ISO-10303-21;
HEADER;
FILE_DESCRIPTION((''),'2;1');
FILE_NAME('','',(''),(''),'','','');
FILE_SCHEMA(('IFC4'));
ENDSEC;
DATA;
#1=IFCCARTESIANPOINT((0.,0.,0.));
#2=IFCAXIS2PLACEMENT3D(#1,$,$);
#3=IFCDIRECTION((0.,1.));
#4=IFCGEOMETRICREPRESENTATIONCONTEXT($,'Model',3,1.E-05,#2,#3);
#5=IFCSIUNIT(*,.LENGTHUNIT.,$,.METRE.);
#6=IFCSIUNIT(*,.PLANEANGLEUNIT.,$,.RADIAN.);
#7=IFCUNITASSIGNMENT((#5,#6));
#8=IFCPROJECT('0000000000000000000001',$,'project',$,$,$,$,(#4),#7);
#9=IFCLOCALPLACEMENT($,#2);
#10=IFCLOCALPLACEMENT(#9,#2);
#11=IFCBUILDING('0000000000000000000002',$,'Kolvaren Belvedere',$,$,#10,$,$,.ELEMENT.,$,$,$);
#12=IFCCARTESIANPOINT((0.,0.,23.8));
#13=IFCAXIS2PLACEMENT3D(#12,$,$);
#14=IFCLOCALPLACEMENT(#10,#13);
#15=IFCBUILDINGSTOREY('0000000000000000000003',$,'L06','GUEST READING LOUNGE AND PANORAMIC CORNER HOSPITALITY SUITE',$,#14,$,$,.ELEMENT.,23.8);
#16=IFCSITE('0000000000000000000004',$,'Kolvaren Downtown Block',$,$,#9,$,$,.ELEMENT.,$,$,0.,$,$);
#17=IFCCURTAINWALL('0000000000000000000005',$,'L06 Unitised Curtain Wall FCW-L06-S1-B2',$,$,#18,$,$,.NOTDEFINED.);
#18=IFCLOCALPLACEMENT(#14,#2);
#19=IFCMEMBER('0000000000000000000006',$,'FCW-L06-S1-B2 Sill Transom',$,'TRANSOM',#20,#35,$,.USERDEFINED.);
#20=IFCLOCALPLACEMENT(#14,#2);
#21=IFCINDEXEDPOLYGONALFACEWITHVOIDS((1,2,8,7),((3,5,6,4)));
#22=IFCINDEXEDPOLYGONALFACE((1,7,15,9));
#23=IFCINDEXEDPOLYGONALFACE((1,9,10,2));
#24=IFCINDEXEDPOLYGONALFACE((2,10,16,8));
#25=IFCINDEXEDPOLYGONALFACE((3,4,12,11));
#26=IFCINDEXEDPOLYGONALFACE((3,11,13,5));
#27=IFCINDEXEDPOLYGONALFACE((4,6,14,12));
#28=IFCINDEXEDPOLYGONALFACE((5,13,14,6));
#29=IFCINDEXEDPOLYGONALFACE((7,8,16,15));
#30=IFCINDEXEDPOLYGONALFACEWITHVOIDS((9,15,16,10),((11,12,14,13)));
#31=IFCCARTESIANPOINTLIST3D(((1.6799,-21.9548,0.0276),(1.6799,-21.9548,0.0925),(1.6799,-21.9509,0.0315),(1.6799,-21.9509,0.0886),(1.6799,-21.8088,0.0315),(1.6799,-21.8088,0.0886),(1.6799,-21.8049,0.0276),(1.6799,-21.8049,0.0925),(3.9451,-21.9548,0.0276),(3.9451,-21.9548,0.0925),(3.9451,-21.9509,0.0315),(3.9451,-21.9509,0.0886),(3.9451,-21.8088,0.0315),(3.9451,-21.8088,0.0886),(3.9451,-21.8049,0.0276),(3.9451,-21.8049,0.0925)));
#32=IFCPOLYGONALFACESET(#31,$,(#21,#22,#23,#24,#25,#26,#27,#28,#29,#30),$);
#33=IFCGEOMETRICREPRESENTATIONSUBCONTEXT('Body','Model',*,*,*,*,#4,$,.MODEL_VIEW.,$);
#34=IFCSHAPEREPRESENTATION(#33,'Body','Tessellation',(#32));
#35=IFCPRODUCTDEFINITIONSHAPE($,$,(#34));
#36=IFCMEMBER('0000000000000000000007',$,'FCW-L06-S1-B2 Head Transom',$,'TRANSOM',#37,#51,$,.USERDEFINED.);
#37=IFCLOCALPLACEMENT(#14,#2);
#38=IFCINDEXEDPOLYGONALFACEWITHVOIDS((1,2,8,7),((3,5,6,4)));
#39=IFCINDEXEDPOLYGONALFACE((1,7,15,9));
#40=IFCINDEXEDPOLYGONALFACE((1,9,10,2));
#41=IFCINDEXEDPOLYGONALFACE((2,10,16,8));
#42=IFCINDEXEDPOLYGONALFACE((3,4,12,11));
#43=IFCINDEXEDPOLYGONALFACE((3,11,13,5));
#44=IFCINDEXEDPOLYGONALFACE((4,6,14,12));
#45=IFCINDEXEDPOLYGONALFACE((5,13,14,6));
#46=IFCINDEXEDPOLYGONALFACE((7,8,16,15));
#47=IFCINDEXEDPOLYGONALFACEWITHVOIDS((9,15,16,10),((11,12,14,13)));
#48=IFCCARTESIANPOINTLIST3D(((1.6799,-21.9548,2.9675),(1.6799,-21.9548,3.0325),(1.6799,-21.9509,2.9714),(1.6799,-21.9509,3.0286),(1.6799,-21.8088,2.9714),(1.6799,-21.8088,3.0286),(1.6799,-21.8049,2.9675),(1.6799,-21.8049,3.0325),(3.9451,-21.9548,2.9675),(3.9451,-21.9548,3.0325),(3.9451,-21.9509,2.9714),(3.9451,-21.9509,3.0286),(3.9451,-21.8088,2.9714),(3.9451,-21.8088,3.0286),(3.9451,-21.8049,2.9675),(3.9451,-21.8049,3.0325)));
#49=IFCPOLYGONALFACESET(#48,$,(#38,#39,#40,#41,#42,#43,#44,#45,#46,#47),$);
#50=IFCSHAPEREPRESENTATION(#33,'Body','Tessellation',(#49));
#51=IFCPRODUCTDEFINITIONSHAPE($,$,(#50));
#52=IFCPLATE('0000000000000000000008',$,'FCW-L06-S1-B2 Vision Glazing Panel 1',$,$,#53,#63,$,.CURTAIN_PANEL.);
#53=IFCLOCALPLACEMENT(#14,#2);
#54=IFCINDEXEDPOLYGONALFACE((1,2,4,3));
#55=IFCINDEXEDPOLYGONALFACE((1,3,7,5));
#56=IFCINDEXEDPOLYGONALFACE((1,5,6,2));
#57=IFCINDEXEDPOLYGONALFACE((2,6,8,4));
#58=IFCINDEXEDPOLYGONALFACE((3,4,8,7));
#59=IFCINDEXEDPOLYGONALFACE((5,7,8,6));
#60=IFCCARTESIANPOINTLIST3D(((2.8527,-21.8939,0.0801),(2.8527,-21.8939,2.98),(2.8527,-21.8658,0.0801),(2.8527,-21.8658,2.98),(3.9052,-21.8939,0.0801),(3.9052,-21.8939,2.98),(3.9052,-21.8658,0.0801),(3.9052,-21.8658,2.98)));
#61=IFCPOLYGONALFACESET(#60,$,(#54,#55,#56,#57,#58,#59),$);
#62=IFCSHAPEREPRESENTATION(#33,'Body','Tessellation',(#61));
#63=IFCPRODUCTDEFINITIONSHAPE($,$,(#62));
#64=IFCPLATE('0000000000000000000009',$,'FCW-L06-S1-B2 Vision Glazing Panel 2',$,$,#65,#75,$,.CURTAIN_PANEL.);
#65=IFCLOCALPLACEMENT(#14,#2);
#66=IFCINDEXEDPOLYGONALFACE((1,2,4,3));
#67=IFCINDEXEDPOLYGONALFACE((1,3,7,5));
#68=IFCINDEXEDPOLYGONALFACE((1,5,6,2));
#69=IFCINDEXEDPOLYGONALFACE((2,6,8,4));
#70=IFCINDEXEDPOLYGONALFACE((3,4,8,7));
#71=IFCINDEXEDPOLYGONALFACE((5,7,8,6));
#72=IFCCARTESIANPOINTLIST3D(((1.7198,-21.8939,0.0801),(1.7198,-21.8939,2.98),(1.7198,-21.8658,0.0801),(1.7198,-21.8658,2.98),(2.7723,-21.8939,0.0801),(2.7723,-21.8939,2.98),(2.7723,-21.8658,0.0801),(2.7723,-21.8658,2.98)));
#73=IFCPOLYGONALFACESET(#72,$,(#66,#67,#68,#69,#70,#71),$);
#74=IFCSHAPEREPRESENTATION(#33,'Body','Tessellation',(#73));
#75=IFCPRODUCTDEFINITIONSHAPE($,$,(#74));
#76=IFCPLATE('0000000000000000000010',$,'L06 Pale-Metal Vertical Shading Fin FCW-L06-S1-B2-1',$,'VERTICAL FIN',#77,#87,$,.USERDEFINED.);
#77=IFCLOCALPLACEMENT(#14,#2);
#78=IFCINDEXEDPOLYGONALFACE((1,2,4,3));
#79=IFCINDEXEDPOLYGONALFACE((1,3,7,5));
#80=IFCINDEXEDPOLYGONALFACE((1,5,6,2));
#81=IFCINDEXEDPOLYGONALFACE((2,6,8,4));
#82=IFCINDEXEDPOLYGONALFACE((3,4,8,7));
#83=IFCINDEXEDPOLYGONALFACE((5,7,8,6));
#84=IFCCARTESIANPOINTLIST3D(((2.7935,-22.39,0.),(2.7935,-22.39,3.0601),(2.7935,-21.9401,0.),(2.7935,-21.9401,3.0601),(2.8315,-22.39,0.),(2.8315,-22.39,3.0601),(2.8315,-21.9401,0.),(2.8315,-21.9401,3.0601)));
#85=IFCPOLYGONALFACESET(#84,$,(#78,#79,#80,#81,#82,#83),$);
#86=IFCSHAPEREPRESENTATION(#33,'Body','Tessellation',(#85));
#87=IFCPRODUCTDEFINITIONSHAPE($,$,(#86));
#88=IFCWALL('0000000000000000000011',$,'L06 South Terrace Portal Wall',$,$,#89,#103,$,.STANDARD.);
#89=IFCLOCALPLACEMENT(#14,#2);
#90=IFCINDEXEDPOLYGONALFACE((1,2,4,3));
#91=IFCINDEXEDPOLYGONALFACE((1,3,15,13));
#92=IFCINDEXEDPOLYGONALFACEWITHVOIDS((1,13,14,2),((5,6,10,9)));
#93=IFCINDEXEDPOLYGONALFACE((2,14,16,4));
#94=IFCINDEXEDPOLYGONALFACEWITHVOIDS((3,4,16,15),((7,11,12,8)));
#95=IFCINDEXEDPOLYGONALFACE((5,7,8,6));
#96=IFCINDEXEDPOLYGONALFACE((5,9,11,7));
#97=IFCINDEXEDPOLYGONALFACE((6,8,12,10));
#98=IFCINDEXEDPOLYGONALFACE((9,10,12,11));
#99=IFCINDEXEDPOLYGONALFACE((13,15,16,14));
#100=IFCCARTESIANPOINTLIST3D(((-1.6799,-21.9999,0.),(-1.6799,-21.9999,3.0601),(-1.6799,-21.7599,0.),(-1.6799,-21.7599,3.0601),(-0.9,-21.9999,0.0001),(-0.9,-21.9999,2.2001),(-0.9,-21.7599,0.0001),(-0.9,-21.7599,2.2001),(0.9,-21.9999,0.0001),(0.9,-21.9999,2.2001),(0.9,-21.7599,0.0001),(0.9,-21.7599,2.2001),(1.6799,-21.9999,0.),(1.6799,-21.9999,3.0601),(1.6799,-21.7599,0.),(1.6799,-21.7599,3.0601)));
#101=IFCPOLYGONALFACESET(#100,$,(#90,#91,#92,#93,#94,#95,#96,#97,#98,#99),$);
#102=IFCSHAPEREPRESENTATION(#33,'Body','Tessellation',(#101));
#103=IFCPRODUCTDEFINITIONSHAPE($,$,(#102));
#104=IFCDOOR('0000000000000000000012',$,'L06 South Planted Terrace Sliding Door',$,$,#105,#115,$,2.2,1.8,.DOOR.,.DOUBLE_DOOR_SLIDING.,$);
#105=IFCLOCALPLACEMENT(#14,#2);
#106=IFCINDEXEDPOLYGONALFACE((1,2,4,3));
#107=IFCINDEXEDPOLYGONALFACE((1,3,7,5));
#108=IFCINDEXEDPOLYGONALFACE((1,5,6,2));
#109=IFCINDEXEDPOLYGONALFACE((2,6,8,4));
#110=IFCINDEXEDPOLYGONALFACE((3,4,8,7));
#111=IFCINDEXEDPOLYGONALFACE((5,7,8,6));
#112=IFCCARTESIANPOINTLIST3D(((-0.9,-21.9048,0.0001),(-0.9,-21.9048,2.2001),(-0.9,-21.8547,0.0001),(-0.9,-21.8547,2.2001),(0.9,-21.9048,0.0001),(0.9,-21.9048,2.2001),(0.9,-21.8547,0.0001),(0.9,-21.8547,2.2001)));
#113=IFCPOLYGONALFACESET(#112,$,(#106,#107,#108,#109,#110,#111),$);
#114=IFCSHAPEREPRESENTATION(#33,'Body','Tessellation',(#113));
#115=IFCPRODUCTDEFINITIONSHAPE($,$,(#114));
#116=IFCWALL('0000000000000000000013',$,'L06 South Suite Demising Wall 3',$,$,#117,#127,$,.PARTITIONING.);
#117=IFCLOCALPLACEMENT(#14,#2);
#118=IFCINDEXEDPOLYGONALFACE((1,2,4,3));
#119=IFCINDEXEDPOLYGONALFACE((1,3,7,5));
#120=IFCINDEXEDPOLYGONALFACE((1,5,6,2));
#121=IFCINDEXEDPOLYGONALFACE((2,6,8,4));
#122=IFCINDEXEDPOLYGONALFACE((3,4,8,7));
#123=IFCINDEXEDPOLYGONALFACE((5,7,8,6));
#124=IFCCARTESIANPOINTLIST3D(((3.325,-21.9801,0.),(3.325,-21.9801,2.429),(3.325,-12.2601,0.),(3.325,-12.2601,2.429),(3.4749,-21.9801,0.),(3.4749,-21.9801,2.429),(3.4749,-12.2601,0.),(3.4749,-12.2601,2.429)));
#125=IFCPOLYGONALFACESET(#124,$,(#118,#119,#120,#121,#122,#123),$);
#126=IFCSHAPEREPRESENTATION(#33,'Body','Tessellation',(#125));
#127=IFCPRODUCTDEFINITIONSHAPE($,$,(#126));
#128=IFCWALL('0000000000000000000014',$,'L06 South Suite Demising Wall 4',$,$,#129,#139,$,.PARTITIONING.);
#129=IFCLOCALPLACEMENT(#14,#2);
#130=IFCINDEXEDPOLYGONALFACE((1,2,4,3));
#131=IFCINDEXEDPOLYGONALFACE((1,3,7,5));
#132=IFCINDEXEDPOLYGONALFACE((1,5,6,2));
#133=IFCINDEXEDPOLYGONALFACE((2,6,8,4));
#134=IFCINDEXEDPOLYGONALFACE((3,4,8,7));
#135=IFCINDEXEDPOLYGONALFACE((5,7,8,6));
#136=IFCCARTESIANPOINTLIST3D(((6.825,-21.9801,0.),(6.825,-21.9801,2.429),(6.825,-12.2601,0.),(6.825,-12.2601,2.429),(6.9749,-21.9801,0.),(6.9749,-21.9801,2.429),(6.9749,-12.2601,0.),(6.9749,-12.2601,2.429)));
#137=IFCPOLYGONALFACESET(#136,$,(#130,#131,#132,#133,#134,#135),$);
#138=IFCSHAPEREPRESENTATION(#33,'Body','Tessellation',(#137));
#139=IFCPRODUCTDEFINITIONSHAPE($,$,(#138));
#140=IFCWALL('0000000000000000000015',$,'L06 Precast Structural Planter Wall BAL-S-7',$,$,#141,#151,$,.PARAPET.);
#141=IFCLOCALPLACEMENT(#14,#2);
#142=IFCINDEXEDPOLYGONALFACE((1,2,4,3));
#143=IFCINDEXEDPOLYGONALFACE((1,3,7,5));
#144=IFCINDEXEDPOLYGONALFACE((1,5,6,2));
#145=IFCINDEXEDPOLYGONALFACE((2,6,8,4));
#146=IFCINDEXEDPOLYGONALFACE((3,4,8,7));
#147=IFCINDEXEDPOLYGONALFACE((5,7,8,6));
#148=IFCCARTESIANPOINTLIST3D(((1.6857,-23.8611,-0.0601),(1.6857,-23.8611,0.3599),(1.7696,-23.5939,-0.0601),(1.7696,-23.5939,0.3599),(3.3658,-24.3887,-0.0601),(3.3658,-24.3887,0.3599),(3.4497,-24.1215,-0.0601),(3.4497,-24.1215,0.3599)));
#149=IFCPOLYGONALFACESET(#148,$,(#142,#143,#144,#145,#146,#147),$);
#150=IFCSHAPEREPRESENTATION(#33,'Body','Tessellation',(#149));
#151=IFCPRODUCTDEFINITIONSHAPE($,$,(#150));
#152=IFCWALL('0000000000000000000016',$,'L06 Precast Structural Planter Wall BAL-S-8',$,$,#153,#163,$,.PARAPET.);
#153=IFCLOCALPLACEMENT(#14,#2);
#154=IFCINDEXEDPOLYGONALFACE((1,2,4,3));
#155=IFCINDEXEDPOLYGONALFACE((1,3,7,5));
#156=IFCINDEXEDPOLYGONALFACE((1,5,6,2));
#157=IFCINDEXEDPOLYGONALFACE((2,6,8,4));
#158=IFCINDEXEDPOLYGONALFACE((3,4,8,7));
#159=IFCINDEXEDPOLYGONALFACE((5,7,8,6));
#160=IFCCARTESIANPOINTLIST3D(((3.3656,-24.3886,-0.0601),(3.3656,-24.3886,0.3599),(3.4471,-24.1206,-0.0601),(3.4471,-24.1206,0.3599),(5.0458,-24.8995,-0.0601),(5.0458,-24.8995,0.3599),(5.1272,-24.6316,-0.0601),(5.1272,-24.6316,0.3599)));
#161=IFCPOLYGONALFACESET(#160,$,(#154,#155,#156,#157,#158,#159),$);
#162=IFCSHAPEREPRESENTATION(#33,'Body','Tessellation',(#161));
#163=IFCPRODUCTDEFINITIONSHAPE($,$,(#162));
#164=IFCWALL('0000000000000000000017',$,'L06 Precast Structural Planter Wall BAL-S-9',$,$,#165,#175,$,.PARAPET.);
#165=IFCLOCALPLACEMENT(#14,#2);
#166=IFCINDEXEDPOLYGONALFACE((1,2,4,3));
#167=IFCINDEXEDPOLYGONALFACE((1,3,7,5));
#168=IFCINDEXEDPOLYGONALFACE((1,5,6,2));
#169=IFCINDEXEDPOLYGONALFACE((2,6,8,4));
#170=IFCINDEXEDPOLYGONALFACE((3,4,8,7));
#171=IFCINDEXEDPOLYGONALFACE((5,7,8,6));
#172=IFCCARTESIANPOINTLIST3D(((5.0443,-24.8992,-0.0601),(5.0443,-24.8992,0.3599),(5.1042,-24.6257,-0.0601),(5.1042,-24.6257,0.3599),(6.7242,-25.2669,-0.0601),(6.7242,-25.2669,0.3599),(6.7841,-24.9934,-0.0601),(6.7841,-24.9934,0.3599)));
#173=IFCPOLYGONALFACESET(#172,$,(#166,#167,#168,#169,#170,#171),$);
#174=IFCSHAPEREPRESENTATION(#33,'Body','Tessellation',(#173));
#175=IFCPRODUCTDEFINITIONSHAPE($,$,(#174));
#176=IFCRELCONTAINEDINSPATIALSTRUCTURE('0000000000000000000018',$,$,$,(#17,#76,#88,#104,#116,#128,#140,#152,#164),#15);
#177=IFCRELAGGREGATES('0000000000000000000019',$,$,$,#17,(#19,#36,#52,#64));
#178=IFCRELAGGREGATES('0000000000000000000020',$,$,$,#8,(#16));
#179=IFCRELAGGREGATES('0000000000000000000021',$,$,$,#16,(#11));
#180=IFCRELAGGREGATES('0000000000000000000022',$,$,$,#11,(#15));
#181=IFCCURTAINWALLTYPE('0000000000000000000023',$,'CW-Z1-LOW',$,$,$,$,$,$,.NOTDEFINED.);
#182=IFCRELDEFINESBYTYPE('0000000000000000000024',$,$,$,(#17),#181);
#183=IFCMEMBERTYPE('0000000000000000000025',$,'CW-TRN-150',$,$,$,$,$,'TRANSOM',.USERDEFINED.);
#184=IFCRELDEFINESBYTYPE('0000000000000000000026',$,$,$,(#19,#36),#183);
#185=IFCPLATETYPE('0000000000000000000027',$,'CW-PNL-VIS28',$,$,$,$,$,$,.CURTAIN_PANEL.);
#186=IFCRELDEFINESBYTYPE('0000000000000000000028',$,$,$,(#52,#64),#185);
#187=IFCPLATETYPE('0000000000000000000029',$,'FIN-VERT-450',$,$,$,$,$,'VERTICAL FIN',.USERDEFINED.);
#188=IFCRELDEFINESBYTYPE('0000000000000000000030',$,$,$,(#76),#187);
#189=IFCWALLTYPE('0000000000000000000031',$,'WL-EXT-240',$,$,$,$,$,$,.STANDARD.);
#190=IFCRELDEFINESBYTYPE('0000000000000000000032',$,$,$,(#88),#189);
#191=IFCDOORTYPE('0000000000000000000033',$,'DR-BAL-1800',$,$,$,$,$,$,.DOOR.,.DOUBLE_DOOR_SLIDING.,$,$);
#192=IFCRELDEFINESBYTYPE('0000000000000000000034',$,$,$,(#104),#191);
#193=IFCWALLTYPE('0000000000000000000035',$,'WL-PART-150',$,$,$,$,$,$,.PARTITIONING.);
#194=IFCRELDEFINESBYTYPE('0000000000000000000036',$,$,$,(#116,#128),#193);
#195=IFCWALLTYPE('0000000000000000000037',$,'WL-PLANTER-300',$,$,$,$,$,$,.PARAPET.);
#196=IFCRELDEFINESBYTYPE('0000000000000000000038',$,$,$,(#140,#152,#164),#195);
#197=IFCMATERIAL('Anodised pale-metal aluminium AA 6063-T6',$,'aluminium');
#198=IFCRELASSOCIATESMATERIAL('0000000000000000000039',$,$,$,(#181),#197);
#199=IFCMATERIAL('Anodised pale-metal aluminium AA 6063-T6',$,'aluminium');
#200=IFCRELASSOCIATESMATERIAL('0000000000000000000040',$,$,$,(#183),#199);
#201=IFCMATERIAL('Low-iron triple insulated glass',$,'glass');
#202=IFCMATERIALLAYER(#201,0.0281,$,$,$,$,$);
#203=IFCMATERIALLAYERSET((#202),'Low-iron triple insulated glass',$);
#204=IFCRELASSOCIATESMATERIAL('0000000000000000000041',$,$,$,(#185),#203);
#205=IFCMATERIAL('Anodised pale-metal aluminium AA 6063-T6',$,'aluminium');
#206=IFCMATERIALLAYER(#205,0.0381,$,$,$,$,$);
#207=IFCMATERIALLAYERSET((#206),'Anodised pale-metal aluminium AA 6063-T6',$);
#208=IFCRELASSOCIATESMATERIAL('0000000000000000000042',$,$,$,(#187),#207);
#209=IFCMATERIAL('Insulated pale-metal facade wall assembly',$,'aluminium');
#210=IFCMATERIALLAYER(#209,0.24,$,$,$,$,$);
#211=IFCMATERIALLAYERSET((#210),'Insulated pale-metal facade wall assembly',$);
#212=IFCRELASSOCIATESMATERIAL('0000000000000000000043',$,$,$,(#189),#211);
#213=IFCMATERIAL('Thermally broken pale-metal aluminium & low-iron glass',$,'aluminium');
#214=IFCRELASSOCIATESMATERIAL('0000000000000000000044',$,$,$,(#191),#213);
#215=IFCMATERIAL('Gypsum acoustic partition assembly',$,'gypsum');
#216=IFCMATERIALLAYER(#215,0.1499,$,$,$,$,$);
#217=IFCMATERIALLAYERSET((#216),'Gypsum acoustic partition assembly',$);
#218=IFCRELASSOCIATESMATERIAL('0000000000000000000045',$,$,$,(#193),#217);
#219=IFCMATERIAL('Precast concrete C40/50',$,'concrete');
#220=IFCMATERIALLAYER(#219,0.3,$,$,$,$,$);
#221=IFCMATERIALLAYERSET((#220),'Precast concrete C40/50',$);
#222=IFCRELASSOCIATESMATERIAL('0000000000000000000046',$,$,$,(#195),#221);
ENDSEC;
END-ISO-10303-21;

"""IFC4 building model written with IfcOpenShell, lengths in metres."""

from ifc_helpers import new_model, si_unit, direction, frame, frame_2d, origin, origin_2d, place, context, subcontext, project, spatial, rectangle, hollow_rectangle, extrude, material, layer, layer_set, material_profile, profile_set, type_object, element, fill, aggregate, save


model = new_model("IFC4")

# Units and contexts
model_context = context("Model", 3, precision=1e-05, world=origin(), true_north=direction((0.0, 1.0)))
body_context = subcontext(model_context, "Body", "Model", "MODEL_VIEW")
ifc_project = project(units=[si_unit("LENGTHUNIT", "METRE"), si_unit("PLANEANGLEUNIT", "RADIAN")], contexts=[model_context])

# Site, building, storey
site_placement = place(None, origin())
site = spatial("IfcSite", under=ifc_project, at=site_placement, Name="Kolvaren Downtown Block", CompositionType="ELEMENT", RefElevation=0.0)
building_placement = place(site_placement, origin())
building = spatial("IfcBuilding", under=site, at=building_placement, Name="Kolvaren Belvedere", CompositionType="ELEMENT")
storey_placement = place(building_placement, frame((0.0, 0.0, 23.8)))
storey = spatial("IfcBuildingStorey", under=building, at=storey_placement, Name="L06", Description="GUEST READING LOUNGE AND PANORAMIC CORNER HOSPITALITY SUITE", CompositionType="ELEMENT", Elevation=23.8)

# Shared definitions
ifc_material_1 = material(Name="Anodised pale-metal aluminium AA 6063-T6", Category="aluminium")
curtain_wall_type = type_object("IfcCurtainWallType", Name="CW-Z1-LOW", PredefinedType="NOTDEFINED", material=ifc_material_1)

# Curtain wall, members, plates
curtain_wall_1_placement = place(storey_placement, origin())
curtain_wall_1 = element("IfcCurtainWall", 1, at=curtain_wall_1_placement, inside=storey, type_object=curtain_wall_type, Name="L06 Unitised Curtain Wall FCW-L06-S1-B2", PredefinedType="NOTDEFINED")
ifc_material_2 = material(Name="Anodised pale-metal aluminium AA 6063-T6", Category="aluminium")
ifc_material_profile_1 = material_profile(ifc_material_2, hollow_rectangle(XDim=0.0649, YDim=0.1499, WallThickness=0.0039, at=origin_2d()), Name="ALU-TRN-150X65")
ifc_profile_set_1 = profile_set([ifc_material_profile_1], Name="Anodised pale-metal aluminium AA 6063-T6")
member_type_1 = type_object("IfcMemberType", Name="CW-TRN-150", ElementType="TRANSOM", PredefinedType="USERDEFINED", material=ifc_profile_set_1)
member_1_placement = place(storey_placement, frame((3.9451, -21.8799, 0.0601), z_axis=(-1.0, 0.0, 0.0), x_axis=(0.0, 0.0, 1.0)))
member_1 = element("IfcMember", 2, at=member_1_placement, type_object=member_type_1, Name="FCW-L06-S1-B2 Sill Transom", ObjectType="TRANSOM", PredefinedType="USERDEFINED", context=body_context, shape_type="SweptSolid", body=[
    extrude(hollow_rectangle(XDim=0.0649, YDim=0.1499, WallThickness=0.0039, at=origin_2d()), origin(), (0.0, 0.0, 1.0), 2.2651),
])
member_2_placement = place(storey_placement, frame((3.9451, -21.8799, 3.0), z_axis=(-1.0, 0.0, 0.0), x_axis=(0.0, 0.0, 1.0)))
member_2 = element("IfcMember", 3, at=member_2_placement, type_object=member_type_1, Name="FCW-L06-S1-B2 Head Transom", ObjectType="TRANSOM", PredefinedType="USERDEFINED", context=body_context, shape_type="SweptSolid", body=[
    extrude(hollow_rectangle(XDim=0.0649, YDim=0.1499, WallThickness=0.0039, at=origin_2d()), origin(), (0.0, 0.0, 1.0), 2.2651),
])
ifc_material_3 = material(Name="Low-iron triple insulated glass", Category="glass")
ifc_layer_1 = layer(ifc_material_3, 0.0281)
ifc_layer_set_1 = layer_set([ifc_layer_1], Name="Low-iron triple insulated glass")
plate_type_1 = type_object("IfcPlateType", Name="CW-PNL-VIS28", PredefinedType="CURTAIN_PANEL", material=ifc_layer_set_1)
plate_1_placement = place(storey_placement, frame((3.3789, -21.8799, 0.0801), z_axis=(0.0, 0.0, 1.0), x_axis=(-1.0, 0.0, 0.0)))
plate_1 = element("IfcPlate", 4, at=plate_1_placement, type_object=plate_type_1, Name="FCW-L06-S1-B2 Vision Glazing Panel 1", PredefinedType="CURTAIN_PANEL", context=body_context, shape_type="SweptSolid", body=[
    extrude(rectangle(XDim=1.0525, YDim=0.0281, at=origin_2d()), origin(), (0.0, 0.0, 1.0), 2.8999),
])
plate_2_placement = place(storey_placement, frame((2.2461, -21.8799, 0.0801), z_axis=(0.0, 0.0, 1.0), x_axis=(-1.0, 0.0, 0.0)))
plate_2 = element("IfcPlate", 5, at=plate_2_placement, type_object=plate_type_1, Name="FCW-L06-S1-B2 Vision Glazing Panel 2", PredefinedType="CURTAIN_PANEL", context=body_context, shape_type="SweptSolid", body=[
    extrude(rectangle(XDim=1.0525, YDim=0.0281, at=origin_2d()), origin(), (0.0, 0.0, 1.0), 2.8999),
])
aggregate(curtain_wall_1, [member_1, member_2, plate_1, plate_2])

# Plate
ifc_material_4 = material(Name="Anodised pale-metal aluminium AA 6063-T6", Category="aluminium")
ifc_layer_2 = layer(ifc_material_4, 0.0381)
ifc_layer_set_2 = layer_set([ifc_layer_2], Name="Anodised pale-metal aluminium AA 6063-T6")
plate_type_2 = type_object("IfcPlateType", Name="FIN-VERT-450", ElementType="VERTICAL FIN", PredefinedType="USERDEFINED", material=ifc_layer_set_2)
plate_3_placement = place(storey_placement, frame((2.8125, -22.165, 0.0), z_axis=(0.0, 0.0, 1.0), x_axis=(0.0, 1.0, 0.0)))
element("IfcPlate", 6, at=plate_3_placement, inside=storey, type_object=plate_type_2, Name="L06 Pale-Metal Vertical Shading Fin FCW-L06-S1-B2-1", ObjectType="VERTICAL FIN", PredefinedType="USERDEFINED", context=body_context, shape_type="SweptSolid", body=[
    extrude(rectangle(XDim=0.45, YDim=0.0381, at=origin_2d()), origin(), (0.0, 0.0, 1.0), 3.0601),
])

# Wall, opening, door
ifc_material_5 = material(Name="Insulated pale-metal facade wall assembly", Category="aluminium")
ifc_layer_3 = layer(ifc_material_5, 0.24)
ifc_layer_set_3 = layer_set([ifc_layer_3], Name="Insulated pale-metal facade wall assembly")
wall_type_1 = type_object("IfcWallType", Name="WL-EXT-240", PredefinedType="STANDARD", material=ifc_layer_set_3)
wall_1_placement = place(storey_placement, frame((1.6799, -21.8799, 0.0), z_axis=(0.0, 0.0, 1.0), x_axis=(-1.0, 0.0, 0.0)))
wall_1 = element("IfcWall", 7, at=wall_1_placement, inside=storey, type_object=wall_type_1, Name="L06 South Terrace Portal Wall", PredefinedType="STANDARD", context=body_context, shape_type="SweptSolid", body=[
    extrude(rectangle(XDim=3.3599, YDim=0.24, at=frame_2d((1.6799, 0.0))), origin(), (0.0, 0.0, 1.0), 3.0601),
])
opening_placement = place(wall_1_placement, frame((0.78, 0.0, 0.0)))
opening = element("IfcOpeningElement", 8, at=opening_placement, cuts=wall_1, PredefinedType="OPENING", context=body_context, shape_type="SweptSolid", body=[
    extrude(rectangle(XDim=1.8, YDim=2.2, at=frame_2d((0.8999, 1.1001))), frame((0.0, 0.1299, 0.0), z_axis=(0.0, -1.0, 0.0), x_axis=(1.0, 0.0, 0.0)), (0.0, 0.0, 1.0), 0.26),
])
ifc_material_6 = material(Name="Thermally broken pale-metal aluminium & low-iron glass", Category="aluminium")
door_type = type_object("IfcDoorType", Name="DR-BAL-1800", OperationType="DOUBLE_DOOR_SLIDING", PredefinedType="DOOR", material=ifc_material_6)
door_placement = place(opening_placement, origin())
door = element("IfcDoor", 9, at=door_placement, inside=storey, type_object=door_type, Name="L06 South Planted Terrace Sliding Door", OperationType="DOUBLE_DOOR_SLIDING", OverallHeight=2.2, OverallWidth=1.8, PredefinedType="DOOR", context=body_context, shape_type="SweptSolid", body=[
    extrude(rectangle(XDim=1.8, YDim=2.2, at=frame_2d((0.8999, 1.1001))), frame((0.0, 0.0249, 0.0), z_axis=(0.0, -1.0, 0.0), x_axis=(1.0, 0.0, 0.0)), (0.0, 0.0, 1.0), 0.05),
])
fill(opening, door)

# Walls
ifc_material_7 = material(Name="Gypsum acoustic partition assembly", Category="gypsum")
ifc_layer_4 = layer(ifc_material_7, 0.1499)
ifc_layer_set_4 = layer_set([ifc_layer_4], Name="Gypsum acoustic partition assembly")
wall_type_2 = type_object("IfcWallType", Name="WL-PART-150", PredefinedType="PARTITIONING", material=ifc_layer_set_4)
for number, where, z_axis, x_axis, name in (
    (10, (3.3999, -21.98, 0.0), (0.0, 0.0, 1.0), (0.0, 1.0, 0.0), "L06 South Suite Demising Wall 3"),
    (11, (6.8999, -21.98, 0.0), (0.0, 0.0, 1.0), (0.0, 1.0, 0.0), "L06 South Suite Demising Wall 4"),
):
    element("IfcWall", number, at=place(storey_placement, frame(where, z_axis=z_axis, x_axis=x_axis)), inside=storey, type_object=wall_type_2, Name=name, PredefinedType="PARTITIONING", context=body_context, shape_type="SweptSolid", body=[
        extrude(rectangle(XDim=9.72, YDim=0.1499, at=frame_2d((4.8599, 0.0))), origin(), (0.0, 0.0, 1.0), 2.429),
    ])
ifc_material_8 = material(Name="Precast concrete C40/50", Category="concrete")
ifc_layer_5 = layer(ifc_material_8, 0.3)
ifc_layer_set_5 = layer_set([ifc_layer_5], Name="Precast concrete C40/50")
wall_type_3 = type_object("IfcWallType", Name="WL-PLANTER-300", PredefinedType="PARAPET", material=ifc_layer_set_5)
wall_2_placement = place(storey_placement, frame((1.7278, -23.7275, -0.0601), z_axis=(0.0, 0.0, 1.0), x_axis=(0.95407, -0.299585, 0.0)))
element("IfcWall", 12, at=wall_2_placement, inside=storey, type_object=wall_type_3, Name="L06 Precast Structural Planter Wall BAL-S-7", PredefinedType="PARAPET", context=body_context, shape_type="SweptSolid", body=[
    extrude(rectangle(XDim=1.761, YDim=0.28, at=frame_2d((0.8804, 0.0))), origin(), (0.0, 0.0, 1.0), 0.4199),
])
wall_3_placement = place(storey_placement, frame((3.4065, -24.2546, -0.0601), z_axis=(0.0, 0.0, 1.0), x_axis=(0.956733, -0.290968, 0.0)))
element("IfcWall", 13, at=wall_3_placement, inside=storey, type_object=wall_type_3, Name="L06 Precast Structural Planter Wall BAL-S-8", PredefinedType="PARAPET", context=body_context, shape_type="SweptSolid", body=[
    extrude(rectangle(XDim=1.7561, YDim=0.28, at=frame_2d((0.8779, 0.0))), origin(), (0.0, 0.0, 1.0), 0.4199),
])
wall_4_placement = place(storey_placement, frame((5.0742, -24.7625, -0.0601), z_axis=(0.0, 0.0, 1.0), x_axis=(0.976877, -0.213803, 0.0)))
element("IfcWall", 14, at=wall_4_placement, inside=storey, type_object=wall_type_3, Name="L06 Precast Structural Planter Wall BAL-S-9", PredefinedType="PARAPET", context=body_context, shape_type="SweptSolid", body=[
    extrude(rectangle(XDim=1.7197, YDim=0.28, at=frame_2d((0.8599, 0.0))), origin(), (0.0, 0.0, 1.0), 0.4199),
])

save(model, "model.ifc")
